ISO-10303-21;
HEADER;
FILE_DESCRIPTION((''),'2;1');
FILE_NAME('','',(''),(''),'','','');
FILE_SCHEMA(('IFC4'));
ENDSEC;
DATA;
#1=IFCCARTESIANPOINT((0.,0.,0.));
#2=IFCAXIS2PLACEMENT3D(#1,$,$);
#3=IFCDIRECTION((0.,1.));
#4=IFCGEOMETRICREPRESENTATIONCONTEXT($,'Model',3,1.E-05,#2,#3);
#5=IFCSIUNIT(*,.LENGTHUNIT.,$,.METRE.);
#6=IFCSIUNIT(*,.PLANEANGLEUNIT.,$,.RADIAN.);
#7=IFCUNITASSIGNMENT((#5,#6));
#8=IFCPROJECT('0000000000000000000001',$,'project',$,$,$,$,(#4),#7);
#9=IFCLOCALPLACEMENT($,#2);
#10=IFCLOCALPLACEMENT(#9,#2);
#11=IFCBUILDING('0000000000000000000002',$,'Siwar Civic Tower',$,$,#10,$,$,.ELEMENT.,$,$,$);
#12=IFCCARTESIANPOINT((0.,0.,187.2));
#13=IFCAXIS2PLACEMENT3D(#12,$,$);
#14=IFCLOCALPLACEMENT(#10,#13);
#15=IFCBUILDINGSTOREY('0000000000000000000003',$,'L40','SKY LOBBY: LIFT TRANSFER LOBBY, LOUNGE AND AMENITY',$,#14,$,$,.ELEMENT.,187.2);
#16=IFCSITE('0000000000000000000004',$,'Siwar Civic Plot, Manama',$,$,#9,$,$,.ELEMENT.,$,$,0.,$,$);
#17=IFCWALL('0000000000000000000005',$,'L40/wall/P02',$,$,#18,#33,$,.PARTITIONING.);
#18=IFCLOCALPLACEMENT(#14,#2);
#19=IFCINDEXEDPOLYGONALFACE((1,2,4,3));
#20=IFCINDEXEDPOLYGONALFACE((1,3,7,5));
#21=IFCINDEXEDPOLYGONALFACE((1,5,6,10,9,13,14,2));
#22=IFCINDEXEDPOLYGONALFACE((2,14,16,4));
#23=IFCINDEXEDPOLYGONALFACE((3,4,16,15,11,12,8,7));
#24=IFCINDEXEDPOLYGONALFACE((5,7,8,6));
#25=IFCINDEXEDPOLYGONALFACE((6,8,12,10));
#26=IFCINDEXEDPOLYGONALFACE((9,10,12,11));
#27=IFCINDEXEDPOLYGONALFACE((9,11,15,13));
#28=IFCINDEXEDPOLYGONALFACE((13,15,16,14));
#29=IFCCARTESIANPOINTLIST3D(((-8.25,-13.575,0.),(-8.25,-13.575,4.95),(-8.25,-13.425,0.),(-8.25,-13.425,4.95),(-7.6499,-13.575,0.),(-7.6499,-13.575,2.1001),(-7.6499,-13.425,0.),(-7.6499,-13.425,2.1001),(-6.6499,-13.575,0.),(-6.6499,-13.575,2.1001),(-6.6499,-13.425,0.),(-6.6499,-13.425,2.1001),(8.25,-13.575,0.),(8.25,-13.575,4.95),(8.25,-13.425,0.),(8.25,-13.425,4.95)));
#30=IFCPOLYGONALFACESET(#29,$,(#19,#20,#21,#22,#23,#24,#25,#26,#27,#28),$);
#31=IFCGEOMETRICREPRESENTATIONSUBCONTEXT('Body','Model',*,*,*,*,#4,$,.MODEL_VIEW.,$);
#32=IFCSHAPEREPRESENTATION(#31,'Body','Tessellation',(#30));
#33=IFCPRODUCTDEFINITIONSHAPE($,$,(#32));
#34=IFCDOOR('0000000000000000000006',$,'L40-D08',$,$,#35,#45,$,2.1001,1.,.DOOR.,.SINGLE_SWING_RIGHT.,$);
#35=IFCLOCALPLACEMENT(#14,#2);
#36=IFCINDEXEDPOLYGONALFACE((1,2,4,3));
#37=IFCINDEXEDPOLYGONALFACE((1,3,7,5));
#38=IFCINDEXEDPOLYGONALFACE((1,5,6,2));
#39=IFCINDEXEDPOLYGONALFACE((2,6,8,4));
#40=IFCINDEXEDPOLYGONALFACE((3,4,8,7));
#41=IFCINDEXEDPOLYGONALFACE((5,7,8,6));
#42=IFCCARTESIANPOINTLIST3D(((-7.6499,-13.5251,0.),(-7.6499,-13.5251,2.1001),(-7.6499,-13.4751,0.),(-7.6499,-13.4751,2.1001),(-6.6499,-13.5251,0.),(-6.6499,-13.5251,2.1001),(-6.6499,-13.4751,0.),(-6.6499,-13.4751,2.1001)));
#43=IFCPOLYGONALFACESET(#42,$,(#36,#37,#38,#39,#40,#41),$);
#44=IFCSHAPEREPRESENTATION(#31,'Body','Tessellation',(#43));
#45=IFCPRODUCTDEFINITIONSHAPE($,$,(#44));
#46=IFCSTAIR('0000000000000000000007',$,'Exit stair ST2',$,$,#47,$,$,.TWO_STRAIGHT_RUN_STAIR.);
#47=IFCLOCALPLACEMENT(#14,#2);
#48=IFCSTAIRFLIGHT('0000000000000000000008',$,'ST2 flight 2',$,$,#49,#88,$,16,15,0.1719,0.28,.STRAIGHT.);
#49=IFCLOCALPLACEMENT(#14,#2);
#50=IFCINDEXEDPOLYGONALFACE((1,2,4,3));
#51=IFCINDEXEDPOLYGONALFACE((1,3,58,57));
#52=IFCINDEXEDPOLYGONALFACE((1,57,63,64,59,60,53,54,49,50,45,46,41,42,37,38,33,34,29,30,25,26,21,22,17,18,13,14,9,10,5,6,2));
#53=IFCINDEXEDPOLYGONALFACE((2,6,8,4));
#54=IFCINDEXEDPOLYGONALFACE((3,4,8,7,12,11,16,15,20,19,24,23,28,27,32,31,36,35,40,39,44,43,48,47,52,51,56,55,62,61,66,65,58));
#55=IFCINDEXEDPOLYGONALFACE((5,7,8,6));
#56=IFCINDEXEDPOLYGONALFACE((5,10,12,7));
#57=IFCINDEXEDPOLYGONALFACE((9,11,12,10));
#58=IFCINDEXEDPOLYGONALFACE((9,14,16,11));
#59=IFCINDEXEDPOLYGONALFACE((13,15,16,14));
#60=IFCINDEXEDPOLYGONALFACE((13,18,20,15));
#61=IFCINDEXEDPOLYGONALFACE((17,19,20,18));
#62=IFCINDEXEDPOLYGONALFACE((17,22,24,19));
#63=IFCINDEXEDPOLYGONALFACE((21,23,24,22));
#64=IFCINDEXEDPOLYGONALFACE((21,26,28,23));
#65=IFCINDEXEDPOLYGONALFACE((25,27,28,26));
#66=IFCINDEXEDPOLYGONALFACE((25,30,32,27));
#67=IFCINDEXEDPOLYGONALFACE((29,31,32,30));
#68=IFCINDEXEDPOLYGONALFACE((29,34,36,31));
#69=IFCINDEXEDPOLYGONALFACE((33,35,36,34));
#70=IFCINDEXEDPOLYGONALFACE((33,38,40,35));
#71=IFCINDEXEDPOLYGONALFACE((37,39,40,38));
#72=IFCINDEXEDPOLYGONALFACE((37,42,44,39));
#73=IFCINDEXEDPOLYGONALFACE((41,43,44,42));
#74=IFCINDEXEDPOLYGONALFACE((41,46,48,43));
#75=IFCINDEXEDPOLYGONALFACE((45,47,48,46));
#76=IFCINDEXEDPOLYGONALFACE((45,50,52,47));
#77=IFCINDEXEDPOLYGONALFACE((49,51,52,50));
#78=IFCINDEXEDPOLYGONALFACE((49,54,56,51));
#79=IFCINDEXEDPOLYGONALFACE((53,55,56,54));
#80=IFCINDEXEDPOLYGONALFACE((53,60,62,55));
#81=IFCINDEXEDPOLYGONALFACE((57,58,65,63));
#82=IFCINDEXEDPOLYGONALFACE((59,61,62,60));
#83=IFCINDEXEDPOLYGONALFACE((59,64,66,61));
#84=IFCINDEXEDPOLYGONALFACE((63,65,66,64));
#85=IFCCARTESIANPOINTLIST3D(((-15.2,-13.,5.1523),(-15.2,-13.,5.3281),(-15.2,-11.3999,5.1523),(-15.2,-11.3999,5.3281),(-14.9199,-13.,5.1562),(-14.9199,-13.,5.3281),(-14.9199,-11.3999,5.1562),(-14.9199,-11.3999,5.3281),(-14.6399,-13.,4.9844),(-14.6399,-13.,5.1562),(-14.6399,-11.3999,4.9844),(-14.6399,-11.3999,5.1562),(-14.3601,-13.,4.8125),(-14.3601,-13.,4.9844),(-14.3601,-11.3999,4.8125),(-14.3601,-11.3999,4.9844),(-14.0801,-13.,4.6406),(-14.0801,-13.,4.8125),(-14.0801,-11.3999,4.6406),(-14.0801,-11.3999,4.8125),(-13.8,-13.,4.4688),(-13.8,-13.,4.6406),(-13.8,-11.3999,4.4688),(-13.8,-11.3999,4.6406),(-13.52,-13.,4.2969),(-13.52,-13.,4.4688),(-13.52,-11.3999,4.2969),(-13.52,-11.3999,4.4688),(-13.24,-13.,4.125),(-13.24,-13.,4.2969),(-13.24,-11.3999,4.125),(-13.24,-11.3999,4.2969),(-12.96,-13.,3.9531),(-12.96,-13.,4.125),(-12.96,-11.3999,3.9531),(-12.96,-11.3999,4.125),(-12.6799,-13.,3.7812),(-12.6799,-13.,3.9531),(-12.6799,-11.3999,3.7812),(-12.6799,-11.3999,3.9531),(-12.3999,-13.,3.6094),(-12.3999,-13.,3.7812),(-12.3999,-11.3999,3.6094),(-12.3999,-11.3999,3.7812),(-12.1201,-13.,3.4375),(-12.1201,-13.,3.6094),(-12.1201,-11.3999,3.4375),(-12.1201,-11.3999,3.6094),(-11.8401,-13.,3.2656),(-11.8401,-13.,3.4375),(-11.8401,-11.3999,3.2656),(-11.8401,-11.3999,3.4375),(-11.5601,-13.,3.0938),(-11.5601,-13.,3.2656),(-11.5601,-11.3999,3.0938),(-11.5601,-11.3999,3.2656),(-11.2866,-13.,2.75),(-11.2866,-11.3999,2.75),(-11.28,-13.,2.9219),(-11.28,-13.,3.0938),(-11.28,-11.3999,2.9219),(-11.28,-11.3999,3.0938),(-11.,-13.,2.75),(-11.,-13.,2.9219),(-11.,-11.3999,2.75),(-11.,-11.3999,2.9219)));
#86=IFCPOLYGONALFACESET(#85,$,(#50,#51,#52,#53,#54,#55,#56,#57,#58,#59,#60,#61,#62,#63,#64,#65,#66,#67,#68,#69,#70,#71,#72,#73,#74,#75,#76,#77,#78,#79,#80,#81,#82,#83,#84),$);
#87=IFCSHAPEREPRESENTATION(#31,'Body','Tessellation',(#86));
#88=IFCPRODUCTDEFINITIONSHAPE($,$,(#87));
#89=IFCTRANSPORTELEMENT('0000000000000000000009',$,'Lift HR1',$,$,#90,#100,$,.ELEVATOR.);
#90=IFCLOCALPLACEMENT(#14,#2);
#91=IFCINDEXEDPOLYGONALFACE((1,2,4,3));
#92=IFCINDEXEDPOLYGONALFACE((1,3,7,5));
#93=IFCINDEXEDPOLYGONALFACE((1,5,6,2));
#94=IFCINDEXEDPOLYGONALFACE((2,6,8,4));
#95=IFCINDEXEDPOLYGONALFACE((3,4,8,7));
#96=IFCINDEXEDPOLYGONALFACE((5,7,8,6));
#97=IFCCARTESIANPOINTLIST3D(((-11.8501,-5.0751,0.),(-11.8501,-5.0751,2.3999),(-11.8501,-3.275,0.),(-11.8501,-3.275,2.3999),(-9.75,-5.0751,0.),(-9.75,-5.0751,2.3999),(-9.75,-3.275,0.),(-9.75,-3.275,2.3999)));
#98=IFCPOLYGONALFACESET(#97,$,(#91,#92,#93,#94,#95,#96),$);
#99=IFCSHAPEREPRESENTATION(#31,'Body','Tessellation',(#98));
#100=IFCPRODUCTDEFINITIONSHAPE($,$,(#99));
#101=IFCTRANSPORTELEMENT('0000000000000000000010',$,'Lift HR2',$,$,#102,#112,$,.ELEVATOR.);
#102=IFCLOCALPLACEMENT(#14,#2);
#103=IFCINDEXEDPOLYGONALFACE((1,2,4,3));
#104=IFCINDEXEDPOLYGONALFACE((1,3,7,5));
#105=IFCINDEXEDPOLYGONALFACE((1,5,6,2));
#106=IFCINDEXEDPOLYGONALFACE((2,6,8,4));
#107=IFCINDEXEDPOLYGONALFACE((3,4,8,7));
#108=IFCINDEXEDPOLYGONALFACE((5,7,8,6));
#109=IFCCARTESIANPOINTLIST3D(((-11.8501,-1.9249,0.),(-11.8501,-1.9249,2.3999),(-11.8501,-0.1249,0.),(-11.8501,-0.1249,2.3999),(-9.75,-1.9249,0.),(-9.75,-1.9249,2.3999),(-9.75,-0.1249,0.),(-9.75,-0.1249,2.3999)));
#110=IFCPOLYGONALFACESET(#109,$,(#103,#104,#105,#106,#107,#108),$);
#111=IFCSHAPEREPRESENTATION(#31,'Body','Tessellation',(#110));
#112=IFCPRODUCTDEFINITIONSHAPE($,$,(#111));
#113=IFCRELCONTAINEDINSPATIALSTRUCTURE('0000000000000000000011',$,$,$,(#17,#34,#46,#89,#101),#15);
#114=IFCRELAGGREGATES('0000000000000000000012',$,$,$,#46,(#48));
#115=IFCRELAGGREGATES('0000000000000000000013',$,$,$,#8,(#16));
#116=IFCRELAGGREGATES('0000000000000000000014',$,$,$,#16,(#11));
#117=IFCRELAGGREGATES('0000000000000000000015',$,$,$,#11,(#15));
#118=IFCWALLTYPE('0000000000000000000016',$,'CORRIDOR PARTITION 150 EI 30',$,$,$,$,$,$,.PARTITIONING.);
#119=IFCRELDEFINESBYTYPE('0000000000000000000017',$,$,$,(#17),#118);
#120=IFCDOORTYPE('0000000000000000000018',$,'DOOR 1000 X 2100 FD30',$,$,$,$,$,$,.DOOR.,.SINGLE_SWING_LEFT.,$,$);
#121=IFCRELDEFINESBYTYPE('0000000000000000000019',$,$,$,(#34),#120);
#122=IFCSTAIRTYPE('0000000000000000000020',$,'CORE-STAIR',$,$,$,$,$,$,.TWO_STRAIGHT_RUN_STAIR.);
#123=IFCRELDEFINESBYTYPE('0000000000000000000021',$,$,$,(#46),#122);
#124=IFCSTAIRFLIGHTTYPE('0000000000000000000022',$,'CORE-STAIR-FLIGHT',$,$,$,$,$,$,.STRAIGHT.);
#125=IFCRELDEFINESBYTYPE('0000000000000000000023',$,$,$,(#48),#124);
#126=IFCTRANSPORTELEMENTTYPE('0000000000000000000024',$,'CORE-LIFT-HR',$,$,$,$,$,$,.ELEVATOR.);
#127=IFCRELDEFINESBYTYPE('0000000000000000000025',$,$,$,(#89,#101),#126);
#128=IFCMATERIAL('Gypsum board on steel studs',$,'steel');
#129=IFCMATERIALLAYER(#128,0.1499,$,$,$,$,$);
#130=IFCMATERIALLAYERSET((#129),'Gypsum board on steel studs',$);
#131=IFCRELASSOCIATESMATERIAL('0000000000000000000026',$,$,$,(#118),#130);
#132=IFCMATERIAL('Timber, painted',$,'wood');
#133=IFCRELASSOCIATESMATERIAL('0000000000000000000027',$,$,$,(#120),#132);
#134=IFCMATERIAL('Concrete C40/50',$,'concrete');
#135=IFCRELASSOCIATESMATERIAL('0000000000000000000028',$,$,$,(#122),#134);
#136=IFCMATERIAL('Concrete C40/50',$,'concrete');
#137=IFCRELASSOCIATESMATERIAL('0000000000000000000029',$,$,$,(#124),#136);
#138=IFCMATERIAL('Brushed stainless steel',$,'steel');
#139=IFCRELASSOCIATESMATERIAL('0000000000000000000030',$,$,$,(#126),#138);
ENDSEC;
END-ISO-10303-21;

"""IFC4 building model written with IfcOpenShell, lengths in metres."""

from ifc_helpers import new_model, si_unit, direction, frame, frame_2d, origin, origin_2d, place, context, subcontext, project, spatial, polyline, rectangle, outline, extrude, material, layer, layer_set, type_object, element, fill, aggregate, save


model = new_model("IFC4")

# Units and contexts
model_context = context("Model", 3, precision=1e-05, world=origin(), true_north=direction((0.0, 1.0)))
body_context = subcontext(model_context, "Body", "Model", "MODEL_VIEW")
ifc_project = project(units=[si_unit("LENGTHUNIT", "METRE"), si_unit("PLANEANGLEUNIT", "RADIAN")], contexts=[model_context])

# Site, building, storey
site_placement = place(None, origin())
site = spatial("IfcSite", under=ifc_project, at=site_placement, Name="Siwar Civic Plot, Manama", CompositionType="ELEMENT", RefElevation=0.0)
building_placement = place(site_placement, origin())
building = spatial("IfcBuilding", under=site, at=building_placement, Name="Siwar Civic Tower", CompositionType="ELEMENT")
storey_placement = place(building_placement, frame((0.0, 0.0, 187.2)))
storey = spatial("IfcBuildingStorey", under=building, at=storey_placement, Name="L40", Description="SKY LOBBY: LIFT TRANSFER LOBBY, LOUNGE AND AMENITY", CompositionType="ELEMENT", Elevation=187.2)

# Wall, opening, door
ifc_material_1 = material(Name="Gypsum board on steel studs", Category="steel")
ifc_layer_1 = layer(ifc_material_1, 0.1499)
ifc_layer_set_1 = layer_set([ifc_layer_1], Name="Gypsum board on steel studs")
wall_type_1 = type_object("IfcWallType", Name="CORRIDOR PARTITION 150 EI 30", PredefinedType="PARTITIONING", material=ifc_layer_set_1)
wall_1_placement = place(storey_placement, frame((-8.25, -13.5, 0.0), z_axis=(0.0, 0.0, 1.0), x_axis=(1.0, 0.0, 0.0)))
wall_1 = element("IfcWall", 1, at=wall_1_placement, inside=storey, type_object=wall_type_1, Name="L40/wall/P02", PredefinedType="PARTITIONING", context=body_context, shape_type="SweptSolid", body=[
    extrude(rectangle(XDim=16.5, YDim=0.1499, at=frame_2d((8.25, 0.0))), origin(), (0.0, 0.0, 1.0), 4.95),
])
opening_1_placement = place(wall_1_placement, frame((0.6001, 0.0, 0.0)))
opening_1 = element("IfcOpeningElement", 2, at=opening_1_placement, cuts=wall_1, PredefinedType="OPENING", context=body_context, shape_type="SweptSolid", body=[
    extrude(rectangle(XDim=1.0, YDim=2.1001, at=frame_2d((0.5, 1.05))), frame((0.0, 0.085, 0.0), z_axis=(0.0, -1.0, 0.0), x_axis=(1.0, 0.0, 0.0)), (0.0, 0.0, 1.0), 0.1699),
])
ifc_material_2 = material(Name="Timber, painted", Category="wood")
door_type_1 = type_object("IfcDoorType", Name="DOOR 1000 X 2100 FD30", OperationType="SINGLE_SWING_LEFT", PredefinedType="DOOR", material=ifc_material_2)
door_1_placement = place(opening_1_placement, origin())
door_1 = element("IfcDoor", 3, at=door_1_placement, inside=storey, type_object=door_type_1, Name="L40-D08", OperationType="SINGLE_SWING_RIGHT", OverallHeight=2.1001, OverallWidth=1.0, PredefinedType="DOOR", context=body_context, shape_type="SweptSolid", body=[
    extrude(rectangle(XDim=1.0, YDim=2.1001, at=frame_2d((0.5, 1.05))), frame((0.0, 0.0249, 0.0), z_axis=(0.0, -1.0, 0.0), x_axis=(1.0, 0.0, 0.0)), (0.0, 0.0, 1.0), 0.05),
])
fill(opening_1, door_1)

# Stair, stair flight
ifc_material_3 = material(Name="Concrete C40/50", Category="concrete")
stair_type = type_object("IfcStairType", Name="CORE-STAIR", PredefinedType="TWO_STRAIGHT_RUN_STAIR", material=ifc_material_3)
stair_placement = place(storey_placement, origin())
stair = element("IfcStair", 4, at=stair_placement, inside=storey, type_object=stair_type, Name="Exit stair ST2", PredefinedType="TWO_STRAIGHT_RUN_STAIR")
ifc_material_4 = material(Name="Concrete C40/50", Category="concrete")
stair_flight_type = type_object("IfcStairFlightType", Name="CORE-STAIR-FLIGHT", PredefinedType="STRAIGHT", material=ifc_material_4)
stair_flight_placement = place(storey_placement, frame((-11.0, -12.2, 2.75), z_axis=(0.0, 0.0, 1.0), x_axis=(-1.0, 0.0, 0.0)))
stair_flight = element("IfcStairFlight", 5, at=stair_flight_placement, type_object=stair_flight_type, Name="ST2 flight 2", NumberOfRisers=16, NumberOfTreads=15, PredefinedType="STRAIGHT", RiserHeight=0.1719, TreadLength=0.28, context=body_context, shape_type="SweptSolid", body=[
    extrude(outline(polyline([(0.0, 0.0), (0.0, 0.1719), (0.28, 0.1719), (0.28, 0.3438), (0.5601, 0.3438), (0.5601, 0.5156), (0.8401, 0.5156), (0.8401, 0.6875), (1.1201, 0.6875), (1.1201, 0.8594), (1.3999, 0.8594), (1.3999, 1.0312), (1.6799, 1.0312), (1.6799, 1.2031), (1.96, 1.2031), (1.96, 1.375), (2.24, 1.375), (2.24, 1.5469), (2.52, 1.5469), (2.52, 1.7188), (2.8, 1.7188), (2.8, 1.8906), (3.0801, 1.8906), (3.0801, 2.0625), (3.3601, 2.0625), (3.3601, 2.2344), (3.6399, 2.2344), (3.6399, 2.4062), (3.9199, 2.4062), (3.9199, 2.5781), (4.2, 2.5781), (4.2, 2.75), (4.2, 2.4023), (0.2866, 0.0), (0.0, 0.0)])), frame((0.0, 0.8, 0.0), z_axis=(0.0, -1.0, 0.0), x_axis=(1.0, 0.0, 0.0)), (0.0, 0.0, 1.0), 1.6001),
])
aggregate(stair, [stair_flight])

# Transport elements
ifc_material_5 = material(Name="Brushed stainless steel", Category="steel")
transport_element_type = type_object("IfcTransportElementType", Name="CORE-LIFT-HR", PredefinedType="ELEVATOR", material=ifc_material_5)
for number, where, z_axis, x_axis, name in (
    (6, (-10.8, -4.175, 0.0), (0.0, 0.0, 1.0), (1.0, 0.0, 0.0), "Lift HR1"),
    (7, (-10.8, -1.0249, 0.0), (0.0, 0.0, 1.0), (1.0, 0.0, 0.0), "Lift HR2"),
):
    element("IfcTransportElement", number, at=place(storey_placement, frame(where, z_axis=z_axis, x_axis=x_axis)), inside=storey, type_object=transport_element_type, Name=name, PredefinedType="ELEVATOR", context=body_context, shape_type="SweptSolid", body=[
        extrude(rectangle(XDim=2.1001, YDim=1.8, at=origin_2d()), origin(), (0.0, 0.0, 1.0), 2.3999),
    ])

save(model, "model.ifc")
